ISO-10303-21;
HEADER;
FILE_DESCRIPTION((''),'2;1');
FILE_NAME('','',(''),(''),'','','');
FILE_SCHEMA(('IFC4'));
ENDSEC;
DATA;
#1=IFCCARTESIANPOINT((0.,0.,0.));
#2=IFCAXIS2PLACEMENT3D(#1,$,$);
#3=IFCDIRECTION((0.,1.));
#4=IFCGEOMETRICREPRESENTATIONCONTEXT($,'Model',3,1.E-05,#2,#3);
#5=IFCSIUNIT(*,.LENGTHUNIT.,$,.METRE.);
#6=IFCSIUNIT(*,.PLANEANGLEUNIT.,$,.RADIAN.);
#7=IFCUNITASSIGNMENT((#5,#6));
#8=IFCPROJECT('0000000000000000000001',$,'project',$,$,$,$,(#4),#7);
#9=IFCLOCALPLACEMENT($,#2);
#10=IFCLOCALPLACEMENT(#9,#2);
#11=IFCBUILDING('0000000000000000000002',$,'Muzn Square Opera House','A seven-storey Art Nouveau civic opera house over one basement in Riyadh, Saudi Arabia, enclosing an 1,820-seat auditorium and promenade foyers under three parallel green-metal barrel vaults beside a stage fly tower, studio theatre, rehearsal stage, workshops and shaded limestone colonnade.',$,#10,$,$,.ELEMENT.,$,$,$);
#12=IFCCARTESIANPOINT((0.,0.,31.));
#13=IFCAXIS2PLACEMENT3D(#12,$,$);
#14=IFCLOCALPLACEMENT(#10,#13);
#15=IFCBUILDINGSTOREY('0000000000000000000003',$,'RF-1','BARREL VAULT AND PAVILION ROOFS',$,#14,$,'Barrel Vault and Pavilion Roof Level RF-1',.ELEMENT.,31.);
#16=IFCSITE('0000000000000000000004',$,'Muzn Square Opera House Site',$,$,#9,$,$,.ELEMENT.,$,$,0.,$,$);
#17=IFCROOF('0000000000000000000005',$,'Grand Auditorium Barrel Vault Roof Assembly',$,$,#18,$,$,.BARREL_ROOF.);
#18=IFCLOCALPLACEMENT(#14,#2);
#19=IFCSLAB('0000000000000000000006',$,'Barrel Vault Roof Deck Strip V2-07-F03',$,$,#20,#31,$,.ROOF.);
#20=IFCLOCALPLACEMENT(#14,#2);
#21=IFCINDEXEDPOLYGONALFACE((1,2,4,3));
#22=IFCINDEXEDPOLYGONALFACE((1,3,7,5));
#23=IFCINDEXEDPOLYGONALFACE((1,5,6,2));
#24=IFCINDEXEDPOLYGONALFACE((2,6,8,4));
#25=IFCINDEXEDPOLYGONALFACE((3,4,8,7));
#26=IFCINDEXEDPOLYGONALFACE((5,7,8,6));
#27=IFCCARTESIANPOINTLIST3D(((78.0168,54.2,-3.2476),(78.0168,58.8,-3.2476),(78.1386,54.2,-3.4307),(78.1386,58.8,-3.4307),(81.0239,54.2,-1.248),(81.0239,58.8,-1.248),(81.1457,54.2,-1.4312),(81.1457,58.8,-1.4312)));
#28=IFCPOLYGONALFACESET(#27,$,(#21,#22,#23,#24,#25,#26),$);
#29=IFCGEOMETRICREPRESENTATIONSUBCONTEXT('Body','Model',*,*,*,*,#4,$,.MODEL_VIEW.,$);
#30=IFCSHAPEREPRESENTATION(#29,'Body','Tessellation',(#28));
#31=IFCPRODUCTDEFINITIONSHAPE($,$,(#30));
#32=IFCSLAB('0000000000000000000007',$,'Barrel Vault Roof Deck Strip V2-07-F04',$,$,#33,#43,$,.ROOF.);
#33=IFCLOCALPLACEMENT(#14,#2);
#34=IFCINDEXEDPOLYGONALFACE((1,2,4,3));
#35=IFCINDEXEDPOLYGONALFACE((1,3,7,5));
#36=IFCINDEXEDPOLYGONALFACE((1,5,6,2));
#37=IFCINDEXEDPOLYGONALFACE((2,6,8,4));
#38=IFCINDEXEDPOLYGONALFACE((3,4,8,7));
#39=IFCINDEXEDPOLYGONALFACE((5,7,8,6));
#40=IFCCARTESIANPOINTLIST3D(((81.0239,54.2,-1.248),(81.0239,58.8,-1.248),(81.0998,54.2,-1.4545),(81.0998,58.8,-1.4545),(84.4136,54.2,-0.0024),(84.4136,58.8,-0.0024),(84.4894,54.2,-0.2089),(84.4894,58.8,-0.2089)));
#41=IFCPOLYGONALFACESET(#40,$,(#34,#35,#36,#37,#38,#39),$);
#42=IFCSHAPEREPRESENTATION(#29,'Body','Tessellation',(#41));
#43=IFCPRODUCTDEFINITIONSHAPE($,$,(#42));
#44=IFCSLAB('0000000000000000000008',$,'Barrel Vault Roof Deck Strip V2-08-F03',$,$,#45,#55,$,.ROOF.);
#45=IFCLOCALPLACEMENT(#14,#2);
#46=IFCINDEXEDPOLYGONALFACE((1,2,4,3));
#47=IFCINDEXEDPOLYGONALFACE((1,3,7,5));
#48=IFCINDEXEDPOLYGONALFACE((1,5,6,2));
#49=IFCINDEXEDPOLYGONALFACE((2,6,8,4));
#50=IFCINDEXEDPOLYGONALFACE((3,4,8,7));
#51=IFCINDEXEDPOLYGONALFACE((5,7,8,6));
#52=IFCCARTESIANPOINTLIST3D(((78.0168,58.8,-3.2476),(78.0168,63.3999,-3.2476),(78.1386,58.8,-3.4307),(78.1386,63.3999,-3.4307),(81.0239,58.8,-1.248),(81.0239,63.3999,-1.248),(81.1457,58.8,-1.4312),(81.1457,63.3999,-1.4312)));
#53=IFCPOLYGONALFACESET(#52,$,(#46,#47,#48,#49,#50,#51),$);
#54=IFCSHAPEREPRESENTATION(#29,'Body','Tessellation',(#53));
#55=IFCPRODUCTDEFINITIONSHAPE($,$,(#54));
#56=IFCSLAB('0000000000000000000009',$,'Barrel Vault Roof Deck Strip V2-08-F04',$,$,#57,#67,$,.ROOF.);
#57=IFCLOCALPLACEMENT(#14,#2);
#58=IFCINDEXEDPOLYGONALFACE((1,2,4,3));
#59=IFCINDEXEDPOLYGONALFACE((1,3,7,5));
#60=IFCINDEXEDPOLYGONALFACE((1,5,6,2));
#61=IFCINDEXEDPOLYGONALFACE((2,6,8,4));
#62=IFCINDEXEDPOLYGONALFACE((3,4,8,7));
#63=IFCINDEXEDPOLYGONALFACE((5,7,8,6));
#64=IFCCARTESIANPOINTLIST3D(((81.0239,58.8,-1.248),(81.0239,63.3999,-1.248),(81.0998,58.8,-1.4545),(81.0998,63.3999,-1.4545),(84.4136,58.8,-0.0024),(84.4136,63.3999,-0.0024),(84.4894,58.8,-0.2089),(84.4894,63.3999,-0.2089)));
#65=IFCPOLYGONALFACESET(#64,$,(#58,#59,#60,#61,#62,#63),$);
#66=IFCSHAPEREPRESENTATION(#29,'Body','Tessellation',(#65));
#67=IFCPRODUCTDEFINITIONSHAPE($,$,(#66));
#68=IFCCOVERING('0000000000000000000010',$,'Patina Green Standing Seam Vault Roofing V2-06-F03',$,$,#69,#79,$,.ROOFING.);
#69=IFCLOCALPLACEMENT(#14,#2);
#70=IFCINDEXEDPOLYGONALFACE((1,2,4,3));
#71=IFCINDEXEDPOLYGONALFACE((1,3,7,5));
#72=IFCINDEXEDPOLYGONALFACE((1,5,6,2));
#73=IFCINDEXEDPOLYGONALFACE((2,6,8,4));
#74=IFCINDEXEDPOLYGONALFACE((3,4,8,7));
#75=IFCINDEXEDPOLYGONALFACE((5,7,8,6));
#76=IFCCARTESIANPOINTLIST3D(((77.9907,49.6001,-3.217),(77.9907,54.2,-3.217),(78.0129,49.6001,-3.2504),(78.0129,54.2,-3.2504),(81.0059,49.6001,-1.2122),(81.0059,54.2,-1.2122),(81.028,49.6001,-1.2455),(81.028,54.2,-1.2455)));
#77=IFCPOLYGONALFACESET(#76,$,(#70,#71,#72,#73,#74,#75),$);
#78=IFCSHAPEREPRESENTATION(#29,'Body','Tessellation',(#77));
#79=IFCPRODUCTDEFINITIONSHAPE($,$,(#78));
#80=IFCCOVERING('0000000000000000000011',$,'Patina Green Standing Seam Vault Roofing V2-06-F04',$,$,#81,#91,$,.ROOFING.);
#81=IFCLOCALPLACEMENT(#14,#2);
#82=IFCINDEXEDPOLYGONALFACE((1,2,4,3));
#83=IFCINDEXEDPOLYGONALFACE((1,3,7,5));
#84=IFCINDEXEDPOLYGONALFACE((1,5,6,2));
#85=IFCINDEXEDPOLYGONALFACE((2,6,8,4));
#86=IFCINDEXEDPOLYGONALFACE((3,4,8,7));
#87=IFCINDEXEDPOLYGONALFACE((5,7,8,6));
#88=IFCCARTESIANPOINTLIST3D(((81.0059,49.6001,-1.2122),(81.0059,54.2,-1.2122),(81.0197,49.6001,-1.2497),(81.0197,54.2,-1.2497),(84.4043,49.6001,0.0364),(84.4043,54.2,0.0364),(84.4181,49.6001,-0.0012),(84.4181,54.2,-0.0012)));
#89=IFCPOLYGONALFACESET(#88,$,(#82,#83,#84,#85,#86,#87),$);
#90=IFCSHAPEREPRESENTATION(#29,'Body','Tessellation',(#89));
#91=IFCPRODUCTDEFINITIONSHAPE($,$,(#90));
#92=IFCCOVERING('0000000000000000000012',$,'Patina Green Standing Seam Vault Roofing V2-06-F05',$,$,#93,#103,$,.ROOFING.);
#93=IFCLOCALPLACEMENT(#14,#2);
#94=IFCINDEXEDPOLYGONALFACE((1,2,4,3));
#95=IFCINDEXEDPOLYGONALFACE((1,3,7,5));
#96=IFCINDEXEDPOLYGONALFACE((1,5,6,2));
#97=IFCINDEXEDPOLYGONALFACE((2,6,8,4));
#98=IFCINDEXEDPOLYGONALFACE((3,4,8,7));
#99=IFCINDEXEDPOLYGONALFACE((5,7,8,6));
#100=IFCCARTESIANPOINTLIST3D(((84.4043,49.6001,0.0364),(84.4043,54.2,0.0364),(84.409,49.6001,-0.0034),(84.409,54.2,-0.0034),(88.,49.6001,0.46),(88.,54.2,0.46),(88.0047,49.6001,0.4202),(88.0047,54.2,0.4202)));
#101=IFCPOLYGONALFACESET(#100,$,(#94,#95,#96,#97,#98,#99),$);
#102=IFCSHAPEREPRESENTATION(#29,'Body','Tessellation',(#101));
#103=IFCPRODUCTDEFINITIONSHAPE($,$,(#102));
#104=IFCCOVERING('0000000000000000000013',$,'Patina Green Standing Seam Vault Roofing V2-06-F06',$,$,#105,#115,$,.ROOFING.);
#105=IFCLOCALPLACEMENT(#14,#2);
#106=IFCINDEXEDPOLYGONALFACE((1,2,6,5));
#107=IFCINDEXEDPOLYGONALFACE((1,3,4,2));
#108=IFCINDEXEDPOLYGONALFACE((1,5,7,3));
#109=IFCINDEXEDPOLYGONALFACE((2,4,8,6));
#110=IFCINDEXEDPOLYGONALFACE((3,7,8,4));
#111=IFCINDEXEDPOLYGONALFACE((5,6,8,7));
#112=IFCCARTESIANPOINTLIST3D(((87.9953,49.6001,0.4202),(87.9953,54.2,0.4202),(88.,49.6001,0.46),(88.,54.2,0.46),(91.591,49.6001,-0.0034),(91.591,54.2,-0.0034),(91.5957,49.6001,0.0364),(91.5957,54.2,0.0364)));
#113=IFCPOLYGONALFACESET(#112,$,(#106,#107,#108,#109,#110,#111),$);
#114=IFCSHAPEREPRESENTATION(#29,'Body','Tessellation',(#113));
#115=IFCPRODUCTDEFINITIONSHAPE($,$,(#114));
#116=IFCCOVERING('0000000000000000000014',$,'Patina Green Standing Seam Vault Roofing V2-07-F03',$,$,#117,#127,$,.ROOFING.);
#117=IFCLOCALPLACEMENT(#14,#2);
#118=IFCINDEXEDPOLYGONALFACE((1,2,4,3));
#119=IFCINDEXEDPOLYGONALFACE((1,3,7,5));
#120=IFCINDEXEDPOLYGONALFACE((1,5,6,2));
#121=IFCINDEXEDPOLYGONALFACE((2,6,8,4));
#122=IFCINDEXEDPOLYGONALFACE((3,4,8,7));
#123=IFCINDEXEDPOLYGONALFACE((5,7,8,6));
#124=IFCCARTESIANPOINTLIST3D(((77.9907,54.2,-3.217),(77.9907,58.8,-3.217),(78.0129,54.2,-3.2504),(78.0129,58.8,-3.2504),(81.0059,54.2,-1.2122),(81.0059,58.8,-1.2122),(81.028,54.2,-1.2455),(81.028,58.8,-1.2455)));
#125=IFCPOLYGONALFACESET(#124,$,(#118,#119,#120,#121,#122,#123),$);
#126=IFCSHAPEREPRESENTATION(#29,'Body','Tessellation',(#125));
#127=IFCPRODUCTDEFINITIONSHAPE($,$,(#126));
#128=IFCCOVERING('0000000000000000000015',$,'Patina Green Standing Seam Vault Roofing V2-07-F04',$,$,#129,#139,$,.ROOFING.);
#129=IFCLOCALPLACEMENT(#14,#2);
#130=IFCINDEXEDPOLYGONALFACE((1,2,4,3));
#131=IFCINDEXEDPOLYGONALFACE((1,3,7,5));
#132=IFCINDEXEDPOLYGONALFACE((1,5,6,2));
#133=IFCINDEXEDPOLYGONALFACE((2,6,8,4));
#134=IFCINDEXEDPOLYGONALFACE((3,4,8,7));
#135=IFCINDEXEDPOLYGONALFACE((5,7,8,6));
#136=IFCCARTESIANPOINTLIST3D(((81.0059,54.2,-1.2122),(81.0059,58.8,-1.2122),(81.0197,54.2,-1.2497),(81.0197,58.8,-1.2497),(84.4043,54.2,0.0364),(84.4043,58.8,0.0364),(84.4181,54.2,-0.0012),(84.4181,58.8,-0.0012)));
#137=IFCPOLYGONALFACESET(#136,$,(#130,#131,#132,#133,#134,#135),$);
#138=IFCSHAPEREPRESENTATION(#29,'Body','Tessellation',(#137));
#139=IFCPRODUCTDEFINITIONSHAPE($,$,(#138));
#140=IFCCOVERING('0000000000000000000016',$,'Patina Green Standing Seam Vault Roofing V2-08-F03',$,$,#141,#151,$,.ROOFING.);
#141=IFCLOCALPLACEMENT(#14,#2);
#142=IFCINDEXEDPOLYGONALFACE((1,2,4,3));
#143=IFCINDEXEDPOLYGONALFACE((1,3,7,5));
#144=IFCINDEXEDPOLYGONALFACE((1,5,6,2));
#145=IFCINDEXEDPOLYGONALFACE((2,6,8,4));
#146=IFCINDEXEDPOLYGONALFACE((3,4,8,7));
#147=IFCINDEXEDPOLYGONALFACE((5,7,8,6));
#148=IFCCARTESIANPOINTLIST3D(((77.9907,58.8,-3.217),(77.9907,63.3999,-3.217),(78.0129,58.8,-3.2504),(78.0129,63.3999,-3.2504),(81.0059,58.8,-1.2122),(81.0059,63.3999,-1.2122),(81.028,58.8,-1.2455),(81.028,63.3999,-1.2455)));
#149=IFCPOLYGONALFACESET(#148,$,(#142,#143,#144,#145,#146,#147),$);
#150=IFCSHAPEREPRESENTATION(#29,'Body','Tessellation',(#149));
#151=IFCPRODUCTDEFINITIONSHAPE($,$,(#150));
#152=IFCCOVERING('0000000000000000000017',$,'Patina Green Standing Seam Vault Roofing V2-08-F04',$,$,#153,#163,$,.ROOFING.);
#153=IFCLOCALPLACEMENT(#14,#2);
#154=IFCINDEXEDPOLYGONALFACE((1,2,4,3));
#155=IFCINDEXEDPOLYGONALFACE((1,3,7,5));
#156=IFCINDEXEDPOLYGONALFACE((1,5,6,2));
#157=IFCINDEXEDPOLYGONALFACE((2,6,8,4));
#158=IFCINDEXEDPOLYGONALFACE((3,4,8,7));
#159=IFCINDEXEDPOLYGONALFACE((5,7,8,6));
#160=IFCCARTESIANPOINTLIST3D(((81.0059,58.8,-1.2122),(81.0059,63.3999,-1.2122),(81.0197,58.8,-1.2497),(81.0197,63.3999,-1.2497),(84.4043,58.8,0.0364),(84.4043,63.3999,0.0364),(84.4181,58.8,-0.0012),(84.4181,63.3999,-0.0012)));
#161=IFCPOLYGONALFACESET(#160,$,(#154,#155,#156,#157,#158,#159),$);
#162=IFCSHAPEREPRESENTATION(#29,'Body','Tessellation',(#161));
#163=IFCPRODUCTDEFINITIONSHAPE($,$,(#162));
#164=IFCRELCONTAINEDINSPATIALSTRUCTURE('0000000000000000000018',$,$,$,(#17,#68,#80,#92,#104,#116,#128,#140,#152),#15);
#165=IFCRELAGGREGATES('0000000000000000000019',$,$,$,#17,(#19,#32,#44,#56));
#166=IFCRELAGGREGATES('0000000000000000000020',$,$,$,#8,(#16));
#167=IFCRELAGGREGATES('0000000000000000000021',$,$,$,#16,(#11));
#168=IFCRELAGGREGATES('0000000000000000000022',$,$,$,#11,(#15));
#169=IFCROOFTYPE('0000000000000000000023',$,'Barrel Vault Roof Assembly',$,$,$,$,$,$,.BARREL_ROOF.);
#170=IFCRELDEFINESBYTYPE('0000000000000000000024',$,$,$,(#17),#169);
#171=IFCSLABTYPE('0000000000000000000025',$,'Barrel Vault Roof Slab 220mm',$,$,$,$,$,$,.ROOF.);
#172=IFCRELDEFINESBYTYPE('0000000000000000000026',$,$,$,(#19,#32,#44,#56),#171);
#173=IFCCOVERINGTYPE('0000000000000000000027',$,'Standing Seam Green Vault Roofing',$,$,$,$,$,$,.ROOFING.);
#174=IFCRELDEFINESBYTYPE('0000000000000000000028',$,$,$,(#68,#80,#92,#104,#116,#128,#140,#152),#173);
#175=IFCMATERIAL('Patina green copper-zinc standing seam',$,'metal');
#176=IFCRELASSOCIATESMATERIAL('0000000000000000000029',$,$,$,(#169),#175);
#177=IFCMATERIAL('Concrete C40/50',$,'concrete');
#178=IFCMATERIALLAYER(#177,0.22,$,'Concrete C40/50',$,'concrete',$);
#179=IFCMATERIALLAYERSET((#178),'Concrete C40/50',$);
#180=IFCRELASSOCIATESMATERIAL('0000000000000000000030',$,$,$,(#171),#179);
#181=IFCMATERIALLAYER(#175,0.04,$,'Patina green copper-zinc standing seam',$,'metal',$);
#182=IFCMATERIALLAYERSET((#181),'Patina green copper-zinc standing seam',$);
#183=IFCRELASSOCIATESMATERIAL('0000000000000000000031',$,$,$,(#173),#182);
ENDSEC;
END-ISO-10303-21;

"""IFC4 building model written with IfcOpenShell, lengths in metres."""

from ifc_helpers import new_model, si_unit, direction, frame, origin, place, context, subcontext, project, spatial, polyline, outline, extrude, material, layer, layer_set, type_object, element, aggregate, save


model = new_model("IFC4")

# Units and contexts
model_context = context("Model", 3, precision=1e-05, world=origin(), true_north=direction((0.0, 1.0)))
body_context = subcontext(model_context, "Body", "Model", "MODEL_VIEW")
ifc_project = project(units=[si_unit("LENGTHUNIT", "METRE"), si_unit("PLANEANGLEUNIT", "RADIAN")], contexts=[model_context])

# Site, building, storey
site_placement = place(None, origin())
site = spatial("IfcSite", under=ifc_project, at=site_placement, Name="Muzn Square Opera House Site", CompositionType="ELEMENT", RefElevation=0.0)
building_placement = place(site_placement, origin())
building = spatial("IfcBuilding", under=site, at=building_placement, Name="Muzn Square Opera House", Description="A seven-storey Art Nouveau civic opera house over one basement in Riyadh, Saudi Arabia, enclosing an 1,820-seat auditorium and promenade foyers under three parallel green-metal barrel vaults beside a stage fly tower, studio theatre, rehearsal stage, workshops and shaded limestone colonnade.", CompositionType="ELEMENT")
storey_placement = place(building_placement, frame((0.0, 0.0, 31.0)))
storey = spatial("IfcBuildingStorey", under=building, at=storey_placement, Name="RF-1", Description="BARREL VAULT AND PAVILION ROOFS", LongName="Barrel Vault and Pavilion Roof Level RF-1", CompositionType="ELEMENT", Elevation=31.0)

# Roof, slabs
ifc_material_1 = material(Name="Patina green copper-zinc standing seam", Category="metal")
roof_type = type_object("IfcRoofType", Name="Barrel Vault Roof Assembly", PredefinedType="BARREL_ROOF", material=ifc_material_1)
roof_placement = place(storey_placement, origin())
roof = element("IfcRoof", 1, at=roof_placement, inside=storey, type_object=roof_type, Name="Grand Auditorium Barrel Vault Roof Assembly", PredefinedType="BARREL_ROOF")
ifc_material_2 = material(Name="Concrete C40/50", Category="concrete")
ifc_layer_1 = layer(ifc_material_2, 0.22, Name="Concrete C40/50", Category="concrete")
ifc_layer_set_1 = layer_set([ifc_layer_1], Name="Concrete C40/50")
slab_type = type_object("IfcSlabType", Name="Barrel Vault Roof Slab 220mm", PredefinedType="ROOF", material=ifc_layer_set_1)
slab_1_placement = place(storey_placement, frame((81.0239, 54.2, -1.248), z_axis=(-0.553701, 0.0, 0.832715), x_axis=(0.0, 1.0, 0.0)))
slab_1 = element("IfcSlab", 2, at=slab_1_placement, type_object=slab_type, Name="Barrel Vault Roof Deck Strip V2-07-F03", PredefinedType="ROOF", context=body_context, shape_type="SweptSolid", body=[
    extrude(outline(polyline([(0.0, 3.6112), (0.0, 0.0), (4.6001, 0.0), (4.6001, 3.6112), (0.0, 3.6112)])), origin(), (0.0, 0.0, -1.0), 0.22),
])
slab_2_placement = place(storey_placement, frame((84.4136, 54.2, -0.0024), z_axis=(-0.344922, 0.0, 0.938631), x_axis=(0.0, 1.0, 0.0)))
slab_2 = element("IfcSlab", 3, at=slab_2_placement, type_object=slab_type, Name="Barrel Vault Roof Deck Strip V2-07-F04", PredefinedType="ROOF", context=body_context, shape_type="SweptSolid", body=[
    extrude(outline(polyline([(0.0, 3.6113), (0.0, 0.0), (4.6001, 0.0), (4.6001, 3.6113), (0.0, 3.6113)])), origin(), (0.0, 0.0, -1.0), 0.22),
])
slab_3_placement = place(storey_placement, frame((81.0239, 58.8, -1.248), z_axis=(-0.553701, 0.0, 0.832715), x_axis=(0.0, 1.0, 0.0)))
slab_3 = element("IfcSlab", 4, at=slab_3_placement, type_object=slab_type, Name="Barrel Vault Roof Deck Strip V2-08-F03", PredefinedType="ROOF", context=body_context, shape_type="SweptSolid", body=[
    extrude(outline(polyline([(0.0, 3.6112), (0.0, 0.0), (4.5999, 0.0), (4.5999, 3.6112), (0.0, 3.6112)])), origin(), (0.0, 0.0, -1.0), 0.22),
])
slab_4_placement = place(storey_placement, frame((84.4136, 58.8, -0.0024), z_axis=(-0.344922, 0.0, 0.938631), x_axis=(0.0, 1.0, 0.0)))
slab_4 = element("IfcSlab", 5, at=slab_4_placement, type_object=slab_type, Name="Barrel Vault Roof Deck Strip V2-08-F04", PredefinedType="ROOF", context=body_context, shape_type="SweptSolid", body=[
    extrude(outline(polyline([(0.0, 3.6113), (0.0, 0.0), (4.5999, 0.0), (4.5999, 3.6113), (0.0, 3.6113)])), origin(), (0.0, 0.0, -1.0), 0.22),
])
aggregate(roof, [slab_1, slab_2, slab_3, slab_4])

# Coverings
ifc_layer_2 = layer(ifc_material_1, 0.04, Name="Patina green copper-zinc standing seam", Category="metal")
ifc_layer_set_2 = layer_set([ifc_layer_2], Name="Patina green copper-zinc standing seam")
covering_type = type_object("IfcCoveringType", Name="Standing Seam Green Vault Roofing", PredefinedType="ROOFING", material=ifc_layer_set_2)
covering_1_placement = place(storey_placement, frame((81.0059, 49.6001, -1.2122), z_axis=(-0.553704, 0.0, 0.832714), x_axis=(0.0, 1.0, 0.0)))
element("IfcCovering", 6, at=covering_1_placement, inside=storey, type_object=covering_type, Name="Patina Green Standing Seam Vault Roofing V2-06-F03", PredefinedType="ROOFING", context=body_context, shape_type="SweptSolid", body=[
    extrude(outline(polyline([(0.0, 3.6209), (0.0, 0.0), (4.5999, 0.0), (4.5999, 3.6209), (0.0, 3.6209)])), origin(), (0.0, 0.0, -1.0), 0.04),
])
covering_2_placement = place(storey_placement, frame((84.4043, 49.6001, 0.0364), z_axis=(-0.344849, 0.0, 0.938658), x_axis=(0.0, 1.0, 0.0)))
element("IfcCovering", 7, at=covering_2_placement, inside=storey, type_object=covering_type, Name="Patina Green Standing Seam Vault Roofing V2-06-F04", PredefinedType="ROOFING", context=body_context, shape_type="SweptSolid", body=[
    extrude(outline(polyline([(0.0, 3.6205), (0.0, 0.0), (4.5999, 0.0), (4.5999, 3.6205), (0.0, 3.6205)])), origin(), (0.0, 0.0, -1.0), 0.04),
])
covering_3_placement = place(storey_placement, frame((88.0, 49.6001, 0.46), z_axis=(-0.116994, 0.0, 0.993133), x_axis=(0.0, 1.0, 0.0)))
element("IfcCovering", 8, at=covering_3_placement, inside=storey, type_object=covering_type, Name="Patina Green Standing Seam Vault Roofing V2-06-F05", PredefinedType="ROOFING", context=body_context, shape_type="SweptSolid", body=[
    extrude(outline(polyline([(0.0, 3.6206), (0.0, 0.0), (4.5999, 0.0), (4.5999, 3.6206), (0.0, 3.6206)])), origin(), (0.0, 0.0, -1.0), 0.04),
])
covering_4_placement = place(storey_placement, frame((88.0, 49.6001, 0.46), z_axis=(0.116994, 0.0, 0.993133), x_axis=(0.993133, 0.0, -0.116994)))
element("IfcCovering", 9, at=covering_4_placement, inside=storey, type_object=covering_type, Name="Patina Green Standing Seam Vault Roofing V2-06-F06", PredefinedType="ROOFING", context=body_context, shape_type="SweptSolid", body=[
    extrude(outline(polyline([(0.0, 0.0), (3.6206, 0.0), (3.6206, 4.5999), (0.0, 4.5999), (0.0, 0.0)])), origin(), (0.0, 0.0, -1.0), 0.04),
])
covering_5_placement = place(storey_placement, frame((81.0059, 54.2, -1.2122), z_axis=(-0.553704, 0.0, 0.832714), x_axis=(0.0, 1.0, 0.0)))
element("IfcCovering", 10, at=covering_5_placement, inside=storey, type_object=covering_type, Name="Patina Green Standing Seam Vault Roofing V2-07-F03", PredefinedType="ROOFING", context=body_context, shape_type="SweptSolid", body=[
    extrude(outline(polyline([(0.0, 3.6209), (0.0, 0.0), (4.6001, 0.0), (4.6001, 3.6209), (0.0, 3.6209)])), origin(), (0.0, 0.0, -1.0), 0.04),
])
covering_6_placement = place(storey_placement, frame((84.4043, 54.2, 0.0364), z_axis=(-0.344849, 0.0, 0.938658), x_axis=(0.0, 1.0, 0.0)))
element("IfcCovering", 11, at=covering_6_placement, inside=storey, type_object=covering_type, Name="Patina Green Standing Seam Vault Roofing V2-07-F04", PredefinedType="ROOFING", context=body_context, shape_type="SweptSolid", body=[
    extrude(outline(polyline([(0.0, 3.6205), (0.0, 0.0), (4.6001, 0.0), (4.6001, 3.6205), (0.0, 3.6205)])), origin(), (0.0, 0.0, -1.0), 0.04),
])
covering_7_placement = place(storey_placement, frame((81.0059, 58.8, -1.2122), z_axis=(-0.553704, 0.0, 0.832714), x_axis=(0.0, 1.0, 0.0)))
element("IfcCovering", 12, at=covering_7_placement, inside=storey, type_object=covering_type, Name="Patina Green Standing Seam Vault Roofing V2-08-F03", PredefinedType="ROOFING", context=body_context, shape_type="SweptSolid", body=[
    extrude(outline(polyline([(0.0, 3.6209), (0.0, 0.0), (4.5999, 0.0), (4.5999, 3.6209), (0.0, 3.6209)])), origin(), (0.0, 0.0, -1.0), 0.04),
])
covering_8_placement = place(storey_placement, frame((84.4043, 58.8, 0.0364), z_axis=(-0.344849, 0.0, 0.938658), x_axis=(0.0, 1.0, 0.0)))
element("IfcCovering", 13, at=covering_8_placement, inside=storey, type_object=covering_type, Name="Patina Green Standing Seam Vault Roofing V2-08-F04", PredefinedType="ROOFING", context=body_context, shape_type="SweptSolid", body=[
    extrude(outline(polyline([(0.0, 3.6205), (0.0, 0.0), (4.5999, 0.0), (4.5999, 3.6205), (0.0, 3.6205)])), origin(), (0.0, 0.0, -1.0), 0.04),
])

save(model, "model.ifc")
